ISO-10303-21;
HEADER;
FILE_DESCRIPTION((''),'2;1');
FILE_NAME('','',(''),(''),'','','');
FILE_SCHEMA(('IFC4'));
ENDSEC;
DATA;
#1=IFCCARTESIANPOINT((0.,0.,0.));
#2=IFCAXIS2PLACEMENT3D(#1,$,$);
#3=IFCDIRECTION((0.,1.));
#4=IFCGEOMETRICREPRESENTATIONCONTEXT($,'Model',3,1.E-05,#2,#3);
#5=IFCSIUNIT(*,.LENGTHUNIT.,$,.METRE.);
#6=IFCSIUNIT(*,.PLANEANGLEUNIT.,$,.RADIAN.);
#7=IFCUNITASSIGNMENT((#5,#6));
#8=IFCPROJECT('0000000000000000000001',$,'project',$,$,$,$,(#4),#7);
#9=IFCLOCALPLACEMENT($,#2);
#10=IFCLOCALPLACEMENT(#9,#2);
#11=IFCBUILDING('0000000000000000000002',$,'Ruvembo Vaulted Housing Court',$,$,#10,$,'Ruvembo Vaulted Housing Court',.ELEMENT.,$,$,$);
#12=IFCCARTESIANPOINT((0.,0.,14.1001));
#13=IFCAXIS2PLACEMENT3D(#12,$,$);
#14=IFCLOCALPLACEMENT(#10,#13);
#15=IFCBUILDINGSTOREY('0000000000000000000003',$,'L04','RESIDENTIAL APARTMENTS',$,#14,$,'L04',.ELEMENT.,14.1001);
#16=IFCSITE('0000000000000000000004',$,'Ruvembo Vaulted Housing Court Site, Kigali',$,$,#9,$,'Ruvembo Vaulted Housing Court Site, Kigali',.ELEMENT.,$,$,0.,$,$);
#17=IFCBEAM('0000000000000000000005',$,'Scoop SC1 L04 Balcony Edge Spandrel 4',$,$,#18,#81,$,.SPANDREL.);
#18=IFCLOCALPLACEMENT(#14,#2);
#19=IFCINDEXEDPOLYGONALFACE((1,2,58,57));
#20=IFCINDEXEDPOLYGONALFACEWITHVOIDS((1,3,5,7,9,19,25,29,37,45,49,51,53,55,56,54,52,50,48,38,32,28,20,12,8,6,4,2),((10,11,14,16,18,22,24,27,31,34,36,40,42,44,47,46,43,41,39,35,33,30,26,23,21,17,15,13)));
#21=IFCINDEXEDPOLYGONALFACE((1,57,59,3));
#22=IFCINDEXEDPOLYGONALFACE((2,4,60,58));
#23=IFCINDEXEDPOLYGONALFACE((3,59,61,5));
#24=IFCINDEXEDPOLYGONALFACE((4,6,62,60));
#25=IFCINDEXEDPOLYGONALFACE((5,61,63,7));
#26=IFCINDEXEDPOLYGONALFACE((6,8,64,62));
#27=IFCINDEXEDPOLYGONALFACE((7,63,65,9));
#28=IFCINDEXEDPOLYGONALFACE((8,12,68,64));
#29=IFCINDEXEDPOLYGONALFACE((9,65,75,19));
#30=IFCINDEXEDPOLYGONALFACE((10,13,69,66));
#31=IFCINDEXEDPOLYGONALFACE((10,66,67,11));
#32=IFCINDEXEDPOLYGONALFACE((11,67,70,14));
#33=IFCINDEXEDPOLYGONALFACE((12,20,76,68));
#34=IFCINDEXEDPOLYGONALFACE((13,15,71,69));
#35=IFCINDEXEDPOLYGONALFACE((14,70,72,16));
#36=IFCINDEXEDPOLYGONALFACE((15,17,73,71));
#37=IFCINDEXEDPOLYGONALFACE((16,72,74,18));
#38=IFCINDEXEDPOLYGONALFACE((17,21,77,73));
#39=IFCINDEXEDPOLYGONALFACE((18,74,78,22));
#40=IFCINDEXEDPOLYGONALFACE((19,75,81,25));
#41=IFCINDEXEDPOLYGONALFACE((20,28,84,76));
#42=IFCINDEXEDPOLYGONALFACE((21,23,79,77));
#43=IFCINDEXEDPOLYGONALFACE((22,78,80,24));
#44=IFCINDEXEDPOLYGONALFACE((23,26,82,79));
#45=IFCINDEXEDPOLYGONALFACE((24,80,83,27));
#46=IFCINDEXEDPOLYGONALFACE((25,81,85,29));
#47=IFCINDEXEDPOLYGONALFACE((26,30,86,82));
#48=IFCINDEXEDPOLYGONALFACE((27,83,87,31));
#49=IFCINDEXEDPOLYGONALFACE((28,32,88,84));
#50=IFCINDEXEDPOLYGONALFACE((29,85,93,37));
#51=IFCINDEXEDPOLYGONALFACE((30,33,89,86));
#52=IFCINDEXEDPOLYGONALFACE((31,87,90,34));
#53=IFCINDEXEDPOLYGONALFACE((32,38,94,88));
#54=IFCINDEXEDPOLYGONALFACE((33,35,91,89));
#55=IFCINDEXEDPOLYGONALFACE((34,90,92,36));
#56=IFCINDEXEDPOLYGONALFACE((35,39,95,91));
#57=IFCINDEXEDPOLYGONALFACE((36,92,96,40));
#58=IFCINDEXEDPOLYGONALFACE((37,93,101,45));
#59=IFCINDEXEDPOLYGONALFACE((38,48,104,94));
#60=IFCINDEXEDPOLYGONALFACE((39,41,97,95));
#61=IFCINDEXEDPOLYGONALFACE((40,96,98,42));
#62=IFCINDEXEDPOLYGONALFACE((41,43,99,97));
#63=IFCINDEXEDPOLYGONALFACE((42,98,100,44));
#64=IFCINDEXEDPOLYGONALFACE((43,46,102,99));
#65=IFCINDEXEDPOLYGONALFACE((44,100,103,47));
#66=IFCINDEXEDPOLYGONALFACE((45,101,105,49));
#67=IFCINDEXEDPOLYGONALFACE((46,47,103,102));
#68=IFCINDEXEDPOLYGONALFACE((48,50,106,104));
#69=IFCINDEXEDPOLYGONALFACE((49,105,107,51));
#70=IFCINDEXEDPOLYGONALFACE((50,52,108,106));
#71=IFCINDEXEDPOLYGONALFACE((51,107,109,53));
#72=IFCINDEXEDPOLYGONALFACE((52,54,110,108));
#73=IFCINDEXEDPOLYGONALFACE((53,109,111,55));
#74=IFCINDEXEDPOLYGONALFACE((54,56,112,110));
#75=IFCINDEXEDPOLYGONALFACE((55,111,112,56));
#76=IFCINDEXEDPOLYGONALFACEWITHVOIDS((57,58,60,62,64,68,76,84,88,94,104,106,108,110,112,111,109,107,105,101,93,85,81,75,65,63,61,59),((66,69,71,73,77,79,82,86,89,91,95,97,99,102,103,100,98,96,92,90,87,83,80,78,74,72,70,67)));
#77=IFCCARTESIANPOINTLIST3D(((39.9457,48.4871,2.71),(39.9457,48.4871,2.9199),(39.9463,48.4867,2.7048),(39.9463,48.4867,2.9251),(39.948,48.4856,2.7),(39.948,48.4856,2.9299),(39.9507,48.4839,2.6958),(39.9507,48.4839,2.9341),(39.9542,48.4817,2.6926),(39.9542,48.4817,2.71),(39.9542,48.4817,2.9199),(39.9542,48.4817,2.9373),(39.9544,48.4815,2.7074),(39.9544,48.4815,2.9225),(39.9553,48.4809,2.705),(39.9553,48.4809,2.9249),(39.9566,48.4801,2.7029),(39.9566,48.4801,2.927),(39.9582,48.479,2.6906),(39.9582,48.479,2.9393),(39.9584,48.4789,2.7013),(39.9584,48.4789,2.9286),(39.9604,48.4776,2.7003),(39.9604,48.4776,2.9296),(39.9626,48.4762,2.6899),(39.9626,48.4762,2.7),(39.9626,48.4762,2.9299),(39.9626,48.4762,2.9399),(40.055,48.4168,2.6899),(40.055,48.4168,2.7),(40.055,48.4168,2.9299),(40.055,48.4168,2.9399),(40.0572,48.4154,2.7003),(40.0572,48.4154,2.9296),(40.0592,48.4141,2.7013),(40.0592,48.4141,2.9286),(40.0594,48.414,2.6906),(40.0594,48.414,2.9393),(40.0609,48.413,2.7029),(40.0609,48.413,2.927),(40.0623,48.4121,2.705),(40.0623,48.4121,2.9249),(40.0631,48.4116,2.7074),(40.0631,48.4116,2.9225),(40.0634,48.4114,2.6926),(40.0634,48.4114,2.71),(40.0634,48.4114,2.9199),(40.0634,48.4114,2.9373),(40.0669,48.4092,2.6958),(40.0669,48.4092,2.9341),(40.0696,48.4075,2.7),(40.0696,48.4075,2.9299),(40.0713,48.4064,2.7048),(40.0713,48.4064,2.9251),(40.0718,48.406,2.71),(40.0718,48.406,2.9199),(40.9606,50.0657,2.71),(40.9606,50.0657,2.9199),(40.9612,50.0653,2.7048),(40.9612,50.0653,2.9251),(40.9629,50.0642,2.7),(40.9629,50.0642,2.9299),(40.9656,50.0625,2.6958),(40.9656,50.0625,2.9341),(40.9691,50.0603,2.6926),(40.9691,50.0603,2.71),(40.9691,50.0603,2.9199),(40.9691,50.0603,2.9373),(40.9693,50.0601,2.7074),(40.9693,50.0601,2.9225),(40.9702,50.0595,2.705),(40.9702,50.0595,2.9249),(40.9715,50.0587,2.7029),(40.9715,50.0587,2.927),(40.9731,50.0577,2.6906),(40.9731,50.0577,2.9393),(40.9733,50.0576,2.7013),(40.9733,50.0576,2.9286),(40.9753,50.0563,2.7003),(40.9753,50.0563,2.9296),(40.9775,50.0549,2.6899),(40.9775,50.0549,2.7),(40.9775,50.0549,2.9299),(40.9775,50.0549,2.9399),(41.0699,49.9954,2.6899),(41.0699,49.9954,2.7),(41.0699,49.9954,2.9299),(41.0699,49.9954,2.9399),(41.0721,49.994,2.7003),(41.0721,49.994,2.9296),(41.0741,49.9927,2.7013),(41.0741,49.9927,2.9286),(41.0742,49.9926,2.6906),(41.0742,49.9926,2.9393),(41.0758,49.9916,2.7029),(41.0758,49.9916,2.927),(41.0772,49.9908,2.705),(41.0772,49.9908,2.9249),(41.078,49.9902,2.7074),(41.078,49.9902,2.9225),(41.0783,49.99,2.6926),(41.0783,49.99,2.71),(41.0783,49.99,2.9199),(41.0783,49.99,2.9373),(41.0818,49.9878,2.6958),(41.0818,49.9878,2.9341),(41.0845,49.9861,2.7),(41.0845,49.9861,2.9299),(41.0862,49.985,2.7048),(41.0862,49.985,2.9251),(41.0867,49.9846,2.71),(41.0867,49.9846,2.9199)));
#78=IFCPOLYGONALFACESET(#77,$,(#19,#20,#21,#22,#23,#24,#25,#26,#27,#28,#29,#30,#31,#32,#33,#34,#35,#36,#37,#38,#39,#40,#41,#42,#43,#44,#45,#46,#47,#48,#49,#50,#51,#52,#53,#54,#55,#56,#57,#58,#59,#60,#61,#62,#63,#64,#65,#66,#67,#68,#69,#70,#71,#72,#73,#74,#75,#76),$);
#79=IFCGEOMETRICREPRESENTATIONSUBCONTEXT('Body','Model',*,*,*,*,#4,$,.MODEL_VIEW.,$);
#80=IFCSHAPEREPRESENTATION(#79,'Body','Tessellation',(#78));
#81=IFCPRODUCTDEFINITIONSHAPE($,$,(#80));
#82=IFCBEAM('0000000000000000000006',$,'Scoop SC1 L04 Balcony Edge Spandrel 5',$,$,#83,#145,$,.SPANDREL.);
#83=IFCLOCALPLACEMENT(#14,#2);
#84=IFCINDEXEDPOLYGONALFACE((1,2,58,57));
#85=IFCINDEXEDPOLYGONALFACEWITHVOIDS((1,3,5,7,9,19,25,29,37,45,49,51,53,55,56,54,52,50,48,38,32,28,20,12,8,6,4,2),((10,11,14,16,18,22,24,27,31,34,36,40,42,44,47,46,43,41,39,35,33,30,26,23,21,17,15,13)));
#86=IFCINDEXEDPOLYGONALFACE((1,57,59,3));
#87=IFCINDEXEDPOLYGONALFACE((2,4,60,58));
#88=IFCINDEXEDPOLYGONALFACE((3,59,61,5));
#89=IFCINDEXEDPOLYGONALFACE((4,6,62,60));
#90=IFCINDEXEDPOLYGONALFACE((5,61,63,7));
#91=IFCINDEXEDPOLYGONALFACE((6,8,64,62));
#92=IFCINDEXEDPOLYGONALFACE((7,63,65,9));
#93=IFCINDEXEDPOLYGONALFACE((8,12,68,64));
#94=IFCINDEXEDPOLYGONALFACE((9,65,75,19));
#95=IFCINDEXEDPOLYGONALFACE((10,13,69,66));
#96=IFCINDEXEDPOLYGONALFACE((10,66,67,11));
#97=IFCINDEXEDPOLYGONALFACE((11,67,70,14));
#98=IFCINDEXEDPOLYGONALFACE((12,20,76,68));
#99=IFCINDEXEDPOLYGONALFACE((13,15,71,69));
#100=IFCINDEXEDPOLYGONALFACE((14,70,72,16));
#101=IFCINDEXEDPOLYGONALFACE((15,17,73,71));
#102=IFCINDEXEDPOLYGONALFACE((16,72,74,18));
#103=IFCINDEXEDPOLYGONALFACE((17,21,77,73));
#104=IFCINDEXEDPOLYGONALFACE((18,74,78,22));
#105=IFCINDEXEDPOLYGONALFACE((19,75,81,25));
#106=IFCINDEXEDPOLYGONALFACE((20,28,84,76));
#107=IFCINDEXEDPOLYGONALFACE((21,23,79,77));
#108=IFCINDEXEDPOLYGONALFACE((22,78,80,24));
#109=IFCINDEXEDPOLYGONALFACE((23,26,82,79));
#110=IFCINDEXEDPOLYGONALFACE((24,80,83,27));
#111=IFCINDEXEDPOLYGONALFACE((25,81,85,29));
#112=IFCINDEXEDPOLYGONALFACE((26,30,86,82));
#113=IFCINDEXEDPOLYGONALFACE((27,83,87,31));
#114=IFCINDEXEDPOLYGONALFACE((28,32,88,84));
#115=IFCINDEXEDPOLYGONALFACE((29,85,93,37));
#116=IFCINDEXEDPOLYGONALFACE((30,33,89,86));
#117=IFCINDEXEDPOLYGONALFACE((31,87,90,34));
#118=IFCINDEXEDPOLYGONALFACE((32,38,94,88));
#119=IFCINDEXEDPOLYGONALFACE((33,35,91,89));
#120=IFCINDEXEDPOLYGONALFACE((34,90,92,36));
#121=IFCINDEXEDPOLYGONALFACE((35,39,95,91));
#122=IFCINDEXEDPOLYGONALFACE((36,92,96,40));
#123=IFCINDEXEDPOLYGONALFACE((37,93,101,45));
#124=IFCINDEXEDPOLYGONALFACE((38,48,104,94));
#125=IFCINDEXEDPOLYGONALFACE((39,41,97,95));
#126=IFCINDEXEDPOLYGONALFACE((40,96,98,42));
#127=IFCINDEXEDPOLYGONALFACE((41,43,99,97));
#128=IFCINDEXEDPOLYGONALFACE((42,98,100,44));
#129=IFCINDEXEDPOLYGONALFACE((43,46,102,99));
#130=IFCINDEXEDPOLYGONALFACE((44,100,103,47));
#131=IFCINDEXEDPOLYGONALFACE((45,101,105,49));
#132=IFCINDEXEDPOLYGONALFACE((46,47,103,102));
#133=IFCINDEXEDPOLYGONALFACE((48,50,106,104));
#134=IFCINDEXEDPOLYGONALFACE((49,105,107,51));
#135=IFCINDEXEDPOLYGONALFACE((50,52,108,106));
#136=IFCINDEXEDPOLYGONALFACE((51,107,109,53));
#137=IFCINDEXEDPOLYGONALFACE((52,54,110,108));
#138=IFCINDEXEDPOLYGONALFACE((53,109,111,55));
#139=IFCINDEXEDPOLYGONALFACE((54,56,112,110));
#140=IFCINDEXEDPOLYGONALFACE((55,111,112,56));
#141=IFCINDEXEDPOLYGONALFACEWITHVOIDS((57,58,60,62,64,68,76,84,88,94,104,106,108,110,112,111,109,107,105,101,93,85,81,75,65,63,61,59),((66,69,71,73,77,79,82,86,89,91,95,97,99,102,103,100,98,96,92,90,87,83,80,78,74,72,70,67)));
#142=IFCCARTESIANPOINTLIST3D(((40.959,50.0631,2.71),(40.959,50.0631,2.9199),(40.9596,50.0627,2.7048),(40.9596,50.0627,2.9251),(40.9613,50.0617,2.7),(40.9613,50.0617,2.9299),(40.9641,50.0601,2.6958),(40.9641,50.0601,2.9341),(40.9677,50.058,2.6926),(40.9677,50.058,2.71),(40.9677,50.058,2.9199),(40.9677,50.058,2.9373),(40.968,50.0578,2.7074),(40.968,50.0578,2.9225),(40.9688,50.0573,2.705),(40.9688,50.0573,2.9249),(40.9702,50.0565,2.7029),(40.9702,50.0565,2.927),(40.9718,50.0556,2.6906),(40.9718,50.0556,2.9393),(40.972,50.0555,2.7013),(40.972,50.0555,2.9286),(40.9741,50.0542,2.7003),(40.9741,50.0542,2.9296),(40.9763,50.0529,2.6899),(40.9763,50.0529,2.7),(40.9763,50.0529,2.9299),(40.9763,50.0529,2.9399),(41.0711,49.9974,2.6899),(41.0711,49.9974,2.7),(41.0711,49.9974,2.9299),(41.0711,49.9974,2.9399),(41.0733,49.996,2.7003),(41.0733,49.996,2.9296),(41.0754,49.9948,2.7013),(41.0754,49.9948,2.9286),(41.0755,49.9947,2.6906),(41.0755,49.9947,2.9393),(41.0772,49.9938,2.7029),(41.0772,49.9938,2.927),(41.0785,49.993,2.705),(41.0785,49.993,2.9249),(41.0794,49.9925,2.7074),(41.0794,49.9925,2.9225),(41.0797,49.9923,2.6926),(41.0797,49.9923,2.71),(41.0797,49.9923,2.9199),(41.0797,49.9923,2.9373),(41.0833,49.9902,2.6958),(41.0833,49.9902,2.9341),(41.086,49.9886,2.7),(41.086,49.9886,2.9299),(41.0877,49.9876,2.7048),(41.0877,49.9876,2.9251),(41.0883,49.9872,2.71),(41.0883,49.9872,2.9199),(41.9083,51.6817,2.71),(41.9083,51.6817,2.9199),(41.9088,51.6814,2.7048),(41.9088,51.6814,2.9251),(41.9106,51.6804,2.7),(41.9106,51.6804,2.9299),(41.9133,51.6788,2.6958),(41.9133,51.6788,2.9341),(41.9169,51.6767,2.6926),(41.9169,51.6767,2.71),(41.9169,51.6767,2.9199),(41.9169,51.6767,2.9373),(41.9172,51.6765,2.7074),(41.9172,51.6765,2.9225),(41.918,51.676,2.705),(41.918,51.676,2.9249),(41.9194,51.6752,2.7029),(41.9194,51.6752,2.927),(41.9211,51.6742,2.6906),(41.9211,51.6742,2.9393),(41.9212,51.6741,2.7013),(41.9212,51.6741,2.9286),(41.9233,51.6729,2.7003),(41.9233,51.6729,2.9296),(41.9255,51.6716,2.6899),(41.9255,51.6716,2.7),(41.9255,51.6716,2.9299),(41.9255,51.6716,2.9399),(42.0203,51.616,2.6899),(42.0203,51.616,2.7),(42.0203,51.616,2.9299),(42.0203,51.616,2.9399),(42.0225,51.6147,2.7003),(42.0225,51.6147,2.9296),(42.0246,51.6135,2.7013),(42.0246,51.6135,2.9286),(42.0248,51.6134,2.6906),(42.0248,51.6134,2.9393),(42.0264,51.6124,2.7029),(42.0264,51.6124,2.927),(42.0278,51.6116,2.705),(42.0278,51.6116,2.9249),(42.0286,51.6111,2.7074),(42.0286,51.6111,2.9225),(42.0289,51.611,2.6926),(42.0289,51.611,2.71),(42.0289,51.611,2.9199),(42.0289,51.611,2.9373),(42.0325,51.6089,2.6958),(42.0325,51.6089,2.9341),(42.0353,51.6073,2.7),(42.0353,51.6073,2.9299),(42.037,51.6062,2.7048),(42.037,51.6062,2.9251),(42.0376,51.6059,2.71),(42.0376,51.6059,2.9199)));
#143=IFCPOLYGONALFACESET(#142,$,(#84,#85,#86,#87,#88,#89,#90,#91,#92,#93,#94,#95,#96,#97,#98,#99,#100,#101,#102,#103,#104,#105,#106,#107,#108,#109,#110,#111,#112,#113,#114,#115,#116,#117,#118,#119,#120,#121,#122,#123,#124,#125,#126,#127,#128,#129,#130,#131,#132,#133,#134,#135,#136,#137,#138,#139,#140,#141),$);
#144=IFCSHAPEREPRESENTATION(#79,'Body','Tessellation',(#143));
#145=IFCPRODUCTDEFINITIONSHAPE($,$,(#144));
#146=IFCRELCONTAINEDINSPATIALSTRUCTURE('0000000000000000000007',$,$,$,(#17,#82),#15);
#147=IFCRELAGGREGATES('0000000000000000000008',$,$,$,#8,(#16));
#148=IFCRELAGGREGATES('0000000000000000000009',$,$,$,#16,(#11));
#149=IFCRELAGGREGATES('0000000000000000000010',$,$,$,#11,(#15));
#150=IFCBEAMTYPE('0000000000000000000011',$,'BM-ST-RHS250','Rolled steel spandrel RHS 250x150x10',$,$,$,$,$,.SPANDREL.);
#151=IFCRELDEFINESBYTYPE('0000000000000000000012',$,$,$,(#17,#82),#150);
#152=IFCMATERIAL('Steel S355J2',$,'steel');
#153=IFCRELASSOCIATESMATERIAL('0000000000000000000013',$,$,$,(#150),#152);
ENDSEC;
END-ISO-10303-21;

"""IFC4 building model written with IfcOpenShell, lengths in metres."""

from ifc_helpers import new_model, si_unit, direction, frame, origin, origin_2d, place, context, subcontext, project, spatial, hollow_rectangle, extrude, material, material_profile, profile_set, type_object, element, save


model = new_model("IFC4")

# Units and contexts
model_context = context("Model", 3, precision=1e-05, world=origin(), true_north=direction((0.0, 1.0)))
body_context = subcontext(model_context, "Body", "Model", "MODEL_VIEW")
ifc_project = project(units=[si_unit("LENGTHUNIT", "METRE"), si_unit("PLANEANGLEUNIT", "RADIAN")], contexts=[model_context])

# Site, building, storey
site_placement = place(None, origin())
site = spatial("IfcSite", under=ifc_project, at=site_placement, Name="Ruvembo Vaulted Housing Court Site, Kigali", LongName="Ruvembo Vaulted Housing Court Site, Kigali", CompositionType="ELEMENT", RefElevation=0.0)
building_placement = place(site_placement, origin())
building = spatial("IfcBuilding", under=site, at=building_placement, Name="Ruvembo Vaulted Housing Court", LongName="Ruvembo Vaulted Housing Court", CompositionType="ELEMENT")
storey_placement = place(building_placement, frame((0.0, 0.0, 14.1001)))
storey = spatial("IfcBuildingStorey", under=building, at=storey_placement, Name="L04", Description="RESIDENTIAL APARTMENTS", LongName="L04", CompositionType="ELEMENT", Elevation=14.1001)

# Beams
ifc_material_1 = material(Name="Steel S355J2", Category="steel")
ifc_material_profile_1 = material_profile(ifc_material_1, hollow_rectangle(XDim=0.1499, YDim=0.25, WallThickness=0.01, InnerFilletRadius=0.01, OuterFilletRadius=0.02, at=origin_2d()), Name="RHS 250x150x10")
ifc_profile_set_1 = profile_set([ifc_material_profile_1], Name="Steel S355J2")
beam_type = type_object("IfcBeamType", Name="BM-ST-RHS250", Description="Rolled steel spandrel RHS 250x150x10", PredefinedType="SPANDREL", material=ifc_profile_set_1)
beam_1_placement = place(storey_placement, frame((40.0088, 48.4465, 2.8149), z_axis=(0.540784, 0.841162, 0.0), x_axis=(-0.841162, 0.540784, 0.0)))
element("IfcBeam", 1, at=beam_1_placement, inside=storey, type_object=beam_type, Name="Scoop SC1 L04 Balcony Edge Spandrel 4", PredefinedType="SPANDREL", context=body_context, shape_type="SweptSolid", body=[
    extrude(hollow_rectangle(XDim=0.1499, YDim=0.25, WallThickness=0.01, InnerFilletRadius=0.01, OuterFilletRadius=0.02, at=origin_2d()), origin(), (0.0, 0.0, 1.0), 1.8767),
])
beam_2_placement = place(storey_placement, frame((41.0237, 50.0251, 2.8149), z_axis=(0.50586, 0.862616, 0.0), x_axis=(-0.862616, 0.50586, 0.0)))
element("IfcBeam", 2, at=beam_2_placement, inside=storey, type_object=beam_type, Name="Scoop SC1 L04 Balcony Edge Spandrel 5", PredefinedType="SPANDREL", context=body_context, shape_type="SweptSolid", body=[
    extrude(hollow_rectangle(XDim=0.1499, YDim=0.25, WallThickness=0.01, InnerFilletRadius=0.01, OuterFilletRadius=0.02, at=origin_2d()), origin(), (0.0, 0.0, 1.0), 1.8765),
])

save(model, "model.ifc")
